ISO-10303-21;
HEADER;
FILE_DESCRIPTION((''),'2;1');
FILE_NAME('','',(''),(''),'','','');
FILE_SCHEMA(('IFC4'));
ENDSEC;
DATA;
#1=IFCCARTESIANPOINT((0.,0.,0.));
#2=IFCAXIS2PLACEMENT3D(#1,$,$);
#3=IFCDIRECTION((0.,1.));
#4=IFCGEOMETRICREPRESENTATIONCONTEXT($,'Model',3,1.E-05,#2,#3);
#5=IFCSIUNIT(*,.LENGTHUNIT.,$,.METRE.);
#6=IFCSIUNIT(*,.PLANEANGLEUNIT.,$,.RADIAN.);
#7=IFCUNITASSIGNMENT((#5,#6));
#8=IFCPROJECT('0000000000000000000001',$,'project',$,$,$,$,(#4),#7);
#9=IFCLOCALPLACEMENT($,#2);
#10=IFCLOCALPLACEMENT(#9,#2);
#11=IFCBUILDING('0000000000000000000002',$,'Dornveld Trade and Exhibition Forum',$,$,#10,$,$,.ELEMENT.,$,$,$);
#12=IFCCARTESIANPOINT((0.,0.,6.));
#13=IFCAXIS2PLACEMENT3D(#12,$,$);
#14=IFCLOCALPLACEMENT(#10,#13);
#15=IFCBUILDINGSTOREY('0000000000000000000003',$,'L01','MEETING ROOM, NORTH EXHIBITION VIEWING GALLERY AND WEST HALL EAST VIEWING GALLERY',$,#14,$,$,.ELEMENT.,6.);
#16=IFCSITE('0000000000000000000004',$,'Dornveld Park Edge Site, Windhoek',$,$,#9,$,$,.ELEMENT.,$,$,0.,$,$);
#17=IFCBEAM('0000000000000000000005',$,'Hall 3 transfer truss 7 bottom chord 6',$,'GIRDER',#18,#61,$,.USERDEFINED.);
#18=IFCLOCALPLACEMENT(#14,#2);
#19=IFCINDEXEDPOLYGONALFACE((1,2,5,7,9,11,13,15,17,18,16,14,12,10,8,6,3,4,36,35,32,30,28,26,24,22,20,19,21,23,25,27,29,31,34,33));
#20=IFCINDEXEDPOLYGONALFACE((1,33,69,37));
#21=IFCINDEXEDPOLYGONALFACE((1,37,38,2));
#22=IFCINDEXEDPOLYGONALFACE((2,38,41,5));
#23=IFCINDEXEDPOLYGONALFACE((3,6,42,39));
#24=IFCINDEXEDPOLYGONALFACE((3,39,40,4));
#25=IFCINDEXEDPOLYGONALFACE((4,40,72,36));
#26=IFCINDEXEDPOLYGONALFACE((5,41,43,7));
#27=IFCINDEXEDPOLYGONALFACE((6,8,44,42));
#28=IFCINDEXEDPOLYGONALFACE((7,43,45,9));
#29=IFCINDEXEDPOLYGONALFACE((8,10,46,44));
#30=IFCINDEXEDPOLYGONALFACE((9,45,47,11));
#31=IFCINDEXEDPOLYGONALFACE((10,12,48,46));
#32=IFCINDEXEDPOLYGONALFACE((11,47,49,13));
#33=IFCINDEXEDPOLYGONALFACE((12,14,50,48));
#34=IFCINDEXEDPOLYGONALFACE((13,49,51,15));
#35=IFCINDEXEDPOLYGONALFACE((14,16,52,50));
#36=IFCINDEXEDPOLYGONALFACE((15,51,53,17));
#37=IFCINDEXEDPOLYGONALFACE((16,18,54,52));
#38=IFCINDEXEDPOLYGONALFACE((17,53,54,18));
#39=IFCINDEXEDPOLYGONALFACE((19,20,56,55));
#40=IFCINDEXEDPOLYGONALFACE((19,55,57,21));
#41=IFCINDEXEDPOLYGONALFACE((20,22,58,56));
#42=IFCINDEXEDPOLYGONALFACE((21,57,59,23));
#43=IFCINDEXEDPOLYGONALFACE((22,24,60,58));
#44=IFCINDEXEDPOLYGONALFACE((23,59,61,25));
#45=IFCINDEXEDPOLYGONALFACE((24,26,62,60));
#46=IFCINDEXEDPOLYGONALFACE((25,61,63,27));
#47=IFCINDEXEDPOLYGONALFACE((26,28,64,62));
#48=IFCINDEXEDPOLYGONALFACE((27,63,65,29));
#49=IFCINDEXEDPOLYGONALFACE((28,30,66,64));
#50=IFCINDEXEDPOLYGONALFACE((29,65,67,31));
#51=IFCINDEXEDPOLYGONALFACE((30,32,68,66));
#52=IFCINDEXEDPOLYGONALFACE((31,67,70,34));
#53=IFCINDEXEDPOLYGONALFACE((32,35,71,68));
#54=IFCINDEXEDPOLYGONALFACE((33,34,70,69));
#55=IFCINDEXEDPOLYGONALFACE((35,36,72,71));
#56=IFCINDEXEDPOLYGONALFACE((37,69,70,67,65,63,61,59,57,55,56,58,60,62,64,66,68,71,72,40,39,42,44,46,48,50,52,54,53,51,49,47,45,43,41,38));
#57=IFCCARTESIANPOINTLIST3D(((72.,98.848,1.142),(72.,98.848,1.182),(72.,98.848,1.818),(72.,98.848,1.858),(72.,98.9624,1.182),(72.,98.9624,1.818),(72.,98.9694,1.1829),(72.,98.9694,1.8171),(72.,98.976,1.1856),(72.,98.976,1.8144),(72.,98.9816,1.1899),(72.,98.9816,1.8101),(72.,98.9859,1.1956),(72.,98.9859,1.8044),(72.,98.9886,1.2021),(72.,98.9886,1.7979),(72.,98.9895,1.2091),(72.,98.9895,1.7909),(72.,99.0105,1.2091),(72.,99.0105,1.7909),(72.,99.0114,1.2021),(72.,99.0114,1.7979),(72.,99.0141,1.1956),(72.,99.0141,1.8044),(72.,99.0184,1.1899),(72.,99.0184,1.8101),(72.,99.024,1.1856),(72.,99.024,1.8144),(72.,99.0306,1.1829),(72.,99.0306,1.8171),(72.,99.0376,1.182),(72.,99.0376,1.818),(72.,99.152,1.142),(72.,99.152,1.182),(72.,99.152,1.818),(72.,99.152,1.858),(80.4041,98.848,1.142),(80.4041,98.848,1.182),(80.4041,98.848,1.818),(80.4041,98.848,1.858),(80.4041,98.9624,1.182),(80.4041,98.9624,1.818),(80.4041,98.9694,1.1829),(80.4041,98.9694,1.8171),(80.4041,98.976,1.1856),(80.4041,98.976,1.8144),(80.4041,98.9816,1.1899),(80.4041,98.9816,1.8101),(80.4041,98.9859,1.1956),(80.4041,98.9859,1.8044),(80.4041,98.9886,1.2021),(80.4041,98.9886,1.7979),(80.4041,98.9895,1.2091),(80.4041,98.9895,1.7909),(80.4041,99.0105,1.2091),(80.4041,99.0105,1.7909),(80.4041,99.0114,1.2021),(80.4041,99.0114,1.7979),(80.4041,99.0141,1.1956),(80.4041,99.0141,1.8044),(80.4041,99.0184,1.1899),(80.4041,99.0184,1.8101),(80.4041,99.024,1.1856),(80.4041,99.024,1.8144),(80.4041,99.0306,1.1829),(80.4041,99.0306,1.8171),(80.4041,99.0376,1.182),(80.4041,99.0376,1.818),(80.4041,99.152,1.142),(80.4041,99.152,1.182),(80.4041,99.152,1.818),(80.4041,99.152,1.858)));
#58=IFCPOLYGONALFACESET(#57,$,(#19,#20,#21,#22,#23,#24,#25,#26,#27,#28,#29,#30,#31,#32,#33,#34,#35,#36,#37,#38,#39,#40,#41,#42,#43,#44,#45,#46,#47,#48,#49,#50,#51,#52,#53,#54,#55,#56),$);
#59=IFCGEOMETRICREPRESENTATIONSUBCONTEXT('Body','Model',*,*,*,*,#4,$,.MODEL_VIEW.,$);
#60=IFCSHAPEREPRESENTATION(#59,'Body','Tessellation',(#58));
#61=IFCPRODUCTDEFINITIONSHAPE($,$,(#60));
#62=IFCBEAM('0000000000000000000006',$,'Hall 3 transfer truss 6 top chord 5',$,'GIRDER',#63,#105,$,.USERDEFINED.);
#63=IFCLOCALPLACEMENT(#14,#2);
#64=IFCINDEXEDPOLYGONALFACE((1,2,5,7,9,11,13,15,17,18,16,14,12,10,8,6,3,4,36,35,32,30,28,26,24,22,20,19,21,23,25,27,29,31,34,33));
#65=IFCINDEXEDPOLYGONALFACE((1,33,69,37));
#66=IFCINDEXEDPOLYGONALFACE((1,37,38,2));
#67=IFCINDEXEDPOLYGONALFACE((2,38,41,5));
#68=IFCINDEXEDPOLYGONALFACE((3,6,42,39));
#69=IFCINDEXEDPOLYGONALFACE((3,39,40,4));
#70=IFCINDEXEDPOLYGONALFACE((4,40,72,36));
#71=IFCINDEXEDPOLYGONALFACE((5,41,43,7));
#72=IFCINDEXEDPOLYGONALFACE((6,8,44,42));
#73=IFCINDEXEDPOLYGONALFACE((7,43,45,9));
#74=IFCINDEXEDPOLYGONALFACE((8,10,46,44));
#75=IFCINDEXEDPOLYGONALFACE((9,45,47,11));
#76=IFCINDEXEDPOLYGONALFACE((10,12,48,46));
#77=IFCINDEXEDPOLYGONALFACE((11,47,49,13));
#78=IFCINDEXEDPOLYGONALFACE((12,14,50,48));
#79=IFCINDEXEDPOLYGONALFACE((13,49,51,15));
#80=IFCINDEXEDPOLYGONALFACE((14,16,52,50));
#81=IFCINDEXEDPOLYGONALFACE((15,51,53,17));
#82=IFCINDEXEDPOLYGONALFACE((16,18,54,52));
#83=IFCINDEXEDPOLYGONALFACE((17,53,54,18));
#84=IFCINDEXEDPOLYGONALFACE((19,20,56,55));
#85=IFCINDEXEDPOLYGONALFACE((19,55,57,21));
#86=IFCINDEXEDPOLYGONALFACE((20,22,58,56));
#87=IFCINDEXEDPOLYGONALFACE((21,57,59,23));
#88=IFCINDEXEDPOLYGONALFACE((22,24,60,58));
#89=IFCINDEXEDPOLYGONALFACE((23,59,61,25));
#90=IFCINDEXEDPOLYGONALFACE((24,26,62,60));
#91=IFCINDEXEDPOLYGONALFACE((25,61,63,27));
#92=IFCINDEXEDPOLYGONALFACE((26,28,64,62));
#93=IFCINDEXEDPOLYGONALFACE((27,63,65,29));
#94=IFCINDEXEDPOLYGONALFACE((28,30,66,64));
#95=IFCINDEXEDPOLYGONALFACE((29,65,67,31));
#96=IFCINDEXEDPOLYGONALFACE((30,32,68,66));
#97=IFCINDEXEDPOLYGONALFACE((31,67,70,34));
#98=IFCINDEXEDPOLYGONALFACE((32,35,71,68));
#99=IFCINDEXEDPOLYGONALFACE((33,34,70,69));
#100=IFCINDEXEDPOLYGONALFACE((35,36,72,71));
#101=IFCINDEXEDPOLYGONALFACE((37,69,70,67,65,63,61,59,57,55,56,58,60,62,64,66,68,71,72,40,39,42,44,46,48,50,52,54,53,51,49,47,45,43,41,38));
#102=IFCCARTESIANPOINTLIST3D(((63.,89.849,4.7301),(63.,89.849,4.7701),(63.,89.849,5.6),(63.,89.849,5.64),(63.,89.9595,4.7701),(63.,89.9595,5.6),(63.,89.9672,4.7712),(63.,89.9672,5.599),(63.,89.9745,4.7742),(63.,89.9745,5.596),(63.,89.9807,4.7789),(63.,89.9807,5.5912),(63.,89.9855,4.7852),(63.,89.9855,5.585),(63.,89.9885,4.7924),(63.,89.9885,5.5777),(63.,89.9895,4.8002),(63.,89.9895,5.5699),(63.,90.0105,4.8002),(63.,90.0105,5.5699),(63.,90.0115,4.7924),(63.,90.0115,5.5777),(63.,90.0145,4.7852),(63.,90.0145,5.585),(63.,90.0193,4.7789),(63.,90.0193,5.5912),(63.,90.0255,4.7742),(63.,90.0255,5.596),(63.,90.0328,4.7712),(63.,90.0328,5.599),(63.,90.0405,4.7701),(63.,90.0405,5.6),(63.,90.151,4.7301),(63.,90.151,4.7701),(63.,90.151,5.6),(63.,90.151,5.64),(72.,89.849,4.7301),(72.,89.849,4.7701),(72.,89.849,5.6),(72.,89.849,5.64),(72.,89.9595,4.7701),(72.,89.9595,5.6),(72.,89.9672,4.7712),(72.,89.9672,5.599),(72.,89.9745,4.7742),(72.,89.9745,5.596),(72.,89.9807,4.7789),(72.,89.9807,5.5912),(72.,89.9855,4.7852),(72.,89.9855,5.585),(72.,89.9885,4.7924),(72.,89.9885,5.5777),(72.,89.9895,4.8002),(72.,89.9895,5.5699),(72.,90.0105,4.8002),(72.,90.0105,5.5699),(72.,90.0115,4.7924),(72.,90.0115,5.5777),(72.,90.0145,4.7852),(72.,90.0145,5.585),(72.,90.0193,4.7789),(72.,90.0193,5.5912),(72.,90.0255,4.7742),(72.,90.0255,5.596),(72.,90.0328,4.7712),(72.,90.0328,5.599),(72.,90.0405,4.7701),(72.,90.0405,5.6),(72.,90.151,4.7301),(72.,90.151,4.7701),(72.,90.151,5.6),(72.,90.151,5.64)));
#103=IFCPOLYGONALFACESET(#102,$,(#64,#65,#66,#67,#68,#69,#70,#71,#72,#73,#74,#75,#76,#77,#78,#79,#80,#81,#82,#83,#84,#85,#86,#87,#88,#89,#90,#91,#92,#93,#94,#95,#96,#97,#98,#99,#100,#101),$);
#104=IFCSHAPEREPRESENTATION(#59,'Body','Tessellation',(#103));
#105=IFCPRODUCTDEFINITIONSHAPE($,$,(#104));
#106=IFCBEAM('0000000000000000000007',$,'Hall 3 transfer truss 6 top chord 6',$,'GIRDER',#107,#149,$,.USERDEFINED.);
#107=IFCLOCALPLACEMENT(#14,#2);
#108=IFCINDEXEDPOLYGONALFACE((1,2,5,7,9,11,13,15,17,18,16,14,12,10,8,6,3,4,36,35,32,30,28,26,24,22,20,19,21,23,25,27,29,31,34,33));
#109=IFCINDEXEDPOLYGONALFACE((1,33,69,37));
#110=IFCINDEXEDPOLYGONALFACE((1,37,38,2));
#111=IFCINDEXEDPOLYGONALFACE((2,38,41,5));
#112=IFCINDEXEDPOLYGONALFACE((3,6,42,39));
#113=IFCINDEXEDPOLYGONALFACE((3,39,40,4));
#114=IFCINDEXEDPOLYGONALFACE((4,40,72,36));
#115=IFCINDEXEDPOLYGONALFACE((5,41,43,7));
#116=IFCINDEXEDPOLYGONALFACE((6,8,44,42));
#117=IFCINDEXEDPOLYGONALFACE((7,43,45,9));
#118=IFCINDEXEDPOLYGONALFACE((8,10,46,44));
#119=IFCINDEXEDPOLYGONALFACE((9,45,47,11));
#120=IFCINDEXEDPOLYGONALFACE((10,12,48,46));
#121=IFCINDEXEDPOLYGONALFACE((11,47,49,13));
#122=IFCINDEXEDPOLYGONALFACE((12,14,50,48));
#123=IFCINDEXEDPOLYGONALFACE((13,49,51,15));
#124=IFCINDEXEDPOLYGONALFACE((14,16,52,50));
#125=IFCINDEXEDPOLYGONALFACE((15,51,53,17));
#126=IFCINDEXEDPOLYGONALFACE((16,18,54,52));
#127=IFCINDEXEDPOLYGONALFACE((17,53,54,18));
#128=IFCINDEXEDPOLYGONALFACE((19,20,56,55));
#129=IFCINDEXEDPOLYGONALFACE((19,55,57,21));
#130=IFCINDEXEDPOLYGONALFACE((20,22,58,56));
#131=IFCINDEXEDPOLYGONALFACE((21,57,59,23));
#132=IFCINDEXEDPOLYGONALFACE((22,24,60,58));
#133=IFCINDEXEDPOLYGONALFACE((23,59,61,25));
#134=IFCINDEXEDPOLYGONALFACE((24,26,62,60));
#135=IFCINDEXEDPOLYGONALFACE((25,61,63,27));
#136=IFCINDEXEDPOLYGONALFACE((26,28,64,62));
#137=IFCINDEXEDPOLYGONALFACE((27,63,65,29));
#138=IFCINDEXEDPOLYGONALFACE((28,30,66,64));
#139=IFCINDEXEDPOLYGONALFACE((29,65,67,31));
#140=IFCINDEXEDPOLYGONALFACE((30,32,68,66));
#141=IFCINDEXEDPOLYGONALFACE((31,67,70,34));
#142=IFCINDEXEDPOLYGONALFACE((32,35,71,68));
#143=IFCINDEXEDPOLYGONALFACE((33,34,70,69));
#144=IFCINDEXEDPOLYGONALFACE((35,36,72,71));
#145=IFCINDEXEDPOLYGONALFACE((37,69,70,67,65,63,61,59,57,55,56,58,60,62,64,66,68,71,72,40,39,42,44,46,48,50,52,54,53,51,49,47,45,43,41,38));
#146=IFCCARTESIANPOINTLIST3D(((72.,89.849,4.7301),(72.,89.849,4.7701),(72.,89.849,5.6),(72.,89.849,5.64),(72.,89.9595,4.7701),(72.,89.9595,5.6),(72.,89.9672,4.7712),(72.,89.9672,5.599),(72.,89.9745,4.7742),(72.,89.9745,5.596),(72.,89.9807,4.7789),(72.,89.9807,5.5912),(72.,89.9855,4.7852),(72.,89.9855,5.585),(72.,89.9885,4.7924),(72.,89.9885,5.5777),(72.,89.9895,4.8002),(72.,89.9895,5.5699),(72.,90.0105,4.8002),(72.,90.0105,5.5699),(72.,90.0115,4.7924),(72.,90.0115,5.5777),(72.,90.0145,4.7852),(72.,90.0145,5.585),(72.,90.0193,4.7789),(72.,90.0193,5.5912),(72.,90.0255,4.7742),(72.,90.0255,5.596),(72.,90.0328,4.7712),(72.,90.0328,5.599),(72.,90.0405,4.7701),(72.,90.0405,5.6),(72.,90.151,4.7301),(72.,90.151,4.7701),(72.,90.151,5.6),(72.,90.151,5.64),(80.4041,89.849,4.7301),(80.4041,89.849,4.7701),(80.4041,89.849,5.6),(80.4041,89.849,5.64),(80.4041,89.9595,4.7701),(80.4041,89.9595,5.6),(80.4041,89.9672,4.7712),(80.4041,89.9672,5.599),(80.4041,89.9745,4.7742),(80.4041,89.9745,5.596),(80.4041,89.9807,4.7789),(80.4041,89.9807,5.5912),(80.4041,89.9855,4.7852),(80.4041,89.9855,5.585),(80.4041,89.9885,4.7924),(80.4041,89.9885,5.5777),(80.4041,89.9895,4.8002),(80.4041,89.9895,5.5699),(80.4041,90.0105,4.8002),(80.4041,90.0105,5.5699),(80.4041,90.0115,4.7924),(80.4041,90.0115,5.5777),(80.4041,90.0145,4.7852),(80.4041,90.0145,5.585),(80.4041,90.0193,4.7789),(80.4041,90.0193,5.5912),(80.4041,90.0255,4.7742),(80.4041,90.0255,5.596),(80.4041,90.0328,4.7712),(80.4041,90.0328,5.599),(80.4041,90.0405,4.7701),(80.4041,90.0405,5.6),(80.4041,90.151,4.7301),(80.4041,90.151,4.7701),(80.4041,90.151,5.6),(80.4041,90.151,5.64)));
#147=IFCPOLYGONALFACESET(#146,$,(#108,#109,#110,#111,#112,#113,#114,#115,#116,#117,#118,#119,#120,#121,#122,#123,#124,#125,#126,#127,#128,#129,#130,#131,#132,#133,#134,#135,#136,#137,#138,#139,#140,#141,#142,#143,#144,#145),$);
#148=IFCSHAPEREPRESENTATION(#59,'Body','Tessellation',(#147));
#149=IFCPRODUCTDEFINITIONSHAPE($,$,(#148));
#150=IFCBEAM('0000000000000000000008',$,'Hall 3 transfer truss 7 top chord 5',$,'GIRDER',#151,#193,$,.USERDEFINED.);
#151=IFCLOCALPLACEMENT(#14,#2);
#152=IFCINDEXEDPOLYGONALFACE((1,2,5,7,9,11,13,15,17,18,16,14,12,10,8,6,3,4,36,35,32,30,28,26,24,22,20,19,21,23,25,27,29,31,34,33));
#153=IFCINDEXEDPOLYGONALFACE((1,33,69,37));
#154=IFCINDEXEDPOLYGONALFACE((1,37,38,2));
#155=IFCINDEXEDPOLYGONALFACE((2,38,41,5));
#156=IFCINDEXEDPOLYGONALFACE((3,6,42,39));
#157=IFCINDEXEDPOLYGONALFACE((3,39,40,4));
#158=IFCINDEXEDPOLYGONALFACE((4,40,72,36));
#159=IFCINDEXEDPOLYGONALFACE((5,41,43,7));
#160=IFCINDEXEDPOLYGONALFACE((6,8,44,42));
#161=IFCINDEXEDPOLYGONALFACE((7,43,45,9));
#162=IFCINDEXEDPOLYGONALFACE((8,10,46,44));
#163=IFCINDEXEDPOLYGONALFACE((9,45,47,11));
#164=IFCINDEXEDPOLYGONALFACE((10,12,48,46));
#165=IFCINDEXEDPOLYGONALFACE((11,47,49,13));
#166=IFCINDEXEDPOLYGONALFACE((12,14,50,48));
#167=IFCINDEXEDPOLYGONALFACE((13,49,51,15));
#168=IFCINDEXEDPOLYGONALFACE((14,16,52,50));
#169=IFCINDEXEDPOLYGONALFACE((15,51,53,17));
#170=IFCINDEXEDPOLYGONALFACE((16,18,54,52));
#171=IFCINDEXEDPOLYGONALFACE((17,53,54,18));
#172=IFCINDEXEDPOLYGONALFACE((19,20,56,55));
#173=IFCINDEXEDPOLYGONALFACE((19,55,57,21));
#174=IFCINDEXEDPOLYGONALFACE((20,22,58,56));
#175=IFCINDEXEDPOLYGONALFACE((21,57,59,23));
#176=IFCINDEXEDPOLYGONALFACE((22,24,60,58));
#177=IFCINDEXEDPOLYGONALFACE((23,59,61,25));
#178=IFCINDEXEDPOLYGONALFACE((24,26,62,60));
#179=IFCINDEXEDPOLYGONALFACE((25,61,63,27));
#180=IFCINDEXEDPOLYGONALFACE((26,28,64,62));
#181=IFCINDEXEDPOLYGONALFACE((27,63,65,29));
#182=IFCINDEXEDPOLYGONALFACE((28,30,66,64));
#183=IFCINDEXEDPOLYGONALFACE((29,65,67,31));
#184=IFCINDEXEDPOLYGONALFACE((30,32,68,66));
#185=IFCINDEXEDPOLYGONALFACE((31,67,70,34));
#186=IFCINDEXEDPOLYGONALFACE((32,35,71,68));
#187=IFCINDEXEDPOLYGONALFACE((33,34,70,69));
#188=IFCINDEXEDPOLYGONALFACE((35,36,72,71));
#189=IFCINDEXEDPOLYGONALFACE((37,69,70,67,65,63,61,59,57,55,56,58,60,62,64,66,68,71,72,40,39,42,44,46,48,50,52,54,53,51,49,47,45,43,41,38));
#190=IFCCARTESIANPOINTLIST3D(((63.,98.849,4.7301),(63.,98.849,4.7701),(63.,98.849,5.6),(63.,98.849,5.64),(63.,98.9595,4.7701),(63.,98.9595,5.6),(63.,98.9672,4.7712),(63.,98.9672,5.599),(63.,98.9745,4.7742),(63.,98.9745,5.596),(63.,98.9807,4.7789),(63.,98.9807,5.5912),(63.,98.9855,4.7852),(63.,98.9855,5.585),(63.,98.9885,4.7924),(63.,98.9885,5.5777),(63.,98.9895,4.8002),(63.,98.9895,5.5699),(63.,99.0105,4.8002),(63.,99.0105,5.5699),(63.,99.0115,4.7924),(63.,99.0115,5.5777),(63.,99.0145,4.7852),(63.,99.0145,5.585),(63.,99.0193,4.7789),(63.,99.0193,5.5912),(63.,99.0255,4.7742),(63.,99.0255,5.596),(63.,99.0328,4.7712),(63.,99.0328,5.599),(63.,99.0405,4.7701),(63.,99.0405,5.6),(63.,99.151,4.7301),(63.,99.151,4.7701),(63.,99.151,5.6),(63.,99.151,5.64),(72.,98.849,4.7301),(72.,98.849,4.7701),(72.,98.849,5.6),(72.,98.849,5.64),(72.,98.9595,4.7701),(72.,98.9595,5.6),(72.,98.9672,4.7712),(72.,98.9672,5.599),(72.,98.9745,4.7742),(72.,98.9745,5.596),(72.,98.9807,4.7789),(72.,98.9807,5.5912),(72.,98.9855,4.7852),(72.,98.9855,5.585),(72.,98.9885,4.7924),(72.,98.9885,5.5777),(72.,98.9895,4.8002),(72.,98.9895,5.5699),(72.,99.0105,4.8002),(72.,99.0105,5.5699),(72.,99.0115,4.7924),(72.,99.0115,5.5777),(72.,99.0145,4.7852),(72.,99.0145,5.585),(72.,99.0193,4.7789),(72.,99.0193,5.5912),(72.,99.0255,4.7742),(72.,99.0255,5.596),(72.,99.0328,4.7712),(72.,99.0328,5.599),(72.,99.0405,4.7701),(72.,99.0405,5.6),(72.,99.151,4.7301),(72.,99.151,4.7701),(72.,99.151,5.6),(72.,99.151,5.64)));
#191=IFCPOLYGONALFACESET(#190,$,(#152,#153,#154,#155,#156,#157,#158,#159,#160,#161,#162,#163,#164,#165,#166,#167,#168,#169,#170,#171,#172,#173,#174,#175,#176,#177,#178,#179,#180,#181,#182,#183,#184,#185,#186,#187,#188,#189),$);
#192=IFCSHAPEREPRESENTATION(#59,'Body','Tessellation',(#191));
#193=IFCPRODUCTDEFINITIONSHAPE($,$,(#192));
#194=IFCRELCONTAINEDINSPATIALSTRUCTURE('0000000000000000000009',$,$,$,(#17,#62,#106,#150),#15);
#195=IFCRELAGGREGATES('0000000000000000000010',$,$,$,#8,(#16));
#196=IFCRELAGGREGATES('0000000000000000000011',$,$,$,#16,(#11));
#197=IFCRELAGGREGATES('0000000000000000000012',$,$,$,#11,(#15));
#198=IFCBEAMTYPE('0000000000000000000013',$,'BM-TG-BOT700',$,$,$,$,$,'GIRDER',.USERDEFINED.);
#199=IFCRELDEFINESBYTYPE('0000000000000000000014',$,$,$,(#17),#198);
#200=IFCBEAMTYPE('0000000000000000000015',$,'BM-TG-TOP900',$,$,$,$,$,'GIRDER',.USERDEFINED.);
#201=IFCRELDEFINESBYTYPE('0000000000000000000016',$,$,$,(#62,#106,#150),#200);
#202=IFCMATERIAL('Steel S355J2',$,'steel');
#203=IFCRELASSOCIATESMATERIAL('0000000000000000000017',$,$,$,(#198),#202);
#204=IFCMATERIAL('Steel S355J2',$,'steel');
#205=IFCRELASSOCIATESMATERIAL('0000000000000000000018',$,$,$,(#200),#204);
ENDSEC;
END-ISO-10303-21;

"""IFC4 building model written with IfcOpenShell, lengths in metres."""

from ifc_helpers import new_model, si_unit, direction, frame, origin, origin_2d, place, context, subcontext, project, spatial, i_section, extrude, material, material_profile, profile_set, type_object, element, save


model = new_model("IFC4")

# Units and contexts
model_context = context("Model", 3, precision=1e-05, world=origin(), true_north=direction((0.0, 1.0)))
body_context = subcontext(model_context, "Body", "Model", "MODEL_VIEW")
ifc_project = project(units=[si_unit("LENGTHUNIT", "METRE"), si_unit("PLANEANGLEUNIT", "RADIAN")], contexts=[model_context])

# Site, building, storey
site_placement = place(None, origin())
site = spatial("IfcSite", under=ifc_project, at=site_placement, Name="Dornveld Park Edge Site, Windhoek", CompositionType="ELEMENT", RefElevation=0.0)
building_placement = place(site_placement, origin())
building = spatial("IfcBuilding", under=site, at=building_placement, Name="Dornveld Trade and Exhibition Forum", CompositionType="ELEMENT")
storey_placement = place(building_placement, frame((0.0, 0.0, 6.0)))
storey = spatial("IfcBuildingStorey", under=building, at=storey_placement, Name="L01", Description="MEETING ROOM, NORTH EXHIBITION VIEWING GALLERY AND WEST HALL EAST VIEWING GALLERY", CompositionType="ELEMENT", Elevation=6.0)

# Beams
ifc_material_1 = material(Name="Steel S355J2", Category="steel")
ifc_material_profile_1 = material_profile(ifc_material_1, i_section(OverallWidth=0.304, OverallDepth=0.7161, WebThickness=0.021, FlangeThickness=0.04, FilletRadius=0.0271, at=origin_2d()), Name="HEM 700")
ifc_profile_set_1 = profile_set([ifc_material_profile_1], Name="Steel S355J2")
beam_type_1 = type_object("IfcBeamType", Name="BM-TG-BOT700", ElementType="GIRDER", PredefinedType="USERDEFINED", material=ifc_profile_set_1)
beam_1_placement = place(storey_placement, frame((72.0, 99.0, 1.5), z_axis=(1.0, 0.0, 0.0), x_axis=(0.0, 1.0, 0.0)))
element("IfcBeam", 1, at=beam_1_placement, inside=storey, type_object=beam_type_1, Name="Hall 3 transfer truss 7 bottom chord 6", ObjectType="GIRDER", PredefinedType="USERDEFINED", context=body_context, shape_type="SweptSolid", body=[
    extrude(i_section(OverallWidth=0.304, OverallDepth=0.7161, WebThickness=0.021, FlangeThickness=0.04, FilletRadius=0.0271, at=origin_2d()), origin(), (0.0, 0.0, 1.0), 8.4041),
])
ifc_material_2 = material(Name="Steel S355J2", Category="steel")
ifc_material_profile_2 = material_profile(ifc_material_2, i_section(OverallWidth=0.302, OverallDepth=0.9099, WebThickness=0.021, FlangeThickness=0.04, FilletRadius=0.03, at=origin_2d()), Name="HEM 900")
ifc_profile_set_2 = profile_set([ifc_material_profile_2], Name="Steel S355J2")
beam_type_2 = type_object("IfcBeamType", Name="BM-TG-TOP900", ElementType="GIRDER", PredefinedType="USERDEFINED", material=ifc_profile_set_2)
beam_2_placement = place(storey_placement, frame((63.0, 90.0, 5.1851), z_axis=(1.0, 0.0, 0.0), x_axis=(0.0, 1.0, 0.0)))
element("IfcBeam", 2, at=beam_2_placement, inside=storey, type_object=beam_type_2, Name="Hall 3 transfer truss 6 top chord 5", ObjectType="GIRDER", PredefinedType="USERDEFINED", context=body_context, shape_type="SweptSolid", body=[
    extrude(i_section(OverallWidth=0.302, OverallDepth=0.9099, WebThickness=0.021, FlangeThickness=0.04, FilletRadius=0.03, at=origin_2d()), origin(), (0.0, 0.0, 1.0), 9.0),
])
beam_3_placement = place(storey_placement, frame((72.0, 90.0, 5.1851), z_axis=(1.0, 0.0, 0.0), x_axis=(0.0, 1.0, 0.0)))
element("IfcBeam", 3, at=beam_3_placement, inside=storey, type_object=beam_type_2, Name="Hall 3 transfer truss 6 top chord 6", ObjectType="GIRDER", PredefinedType="USERDEFINED", context=body_context, shape_type="SweptSolid", body=[
    extrude(i_section(OverallWidth=0.302, OverallDepth=0.9099, WebThickness=0.021, FlangeThickness=0.04, FilletRadius=0.03, at=origin_2d()), origin(), (0.0, 0.0, 1.0), 8.4041),
])
beam_4_placement = place(storey_placement, frame((63.0, 99.0, 5.1851), z_axis=(1.0, 0.0, 0.0), x_axis=(0.0, 1.0, 0.0)))
element("IfcBeam", 4, at=beam_4_placement, inside=storey, type_object=beam_type_2, Name="Hall 3 transfer truss 7 top chord 5", ObjectType="GIRDER", PredefinedType="USERDEFINED", context=body_context, shape_type="SweptSolid", body=[
    extrude(i_section(OverallWidth=0.302, OverallDepth=0.9099, WebThickness=0.021, FlangeThickness=0.04, FilletRadius=0.03, at=origin_2d()), origin(), (0.0, 0.0, 1.0), 9.0),
])

save(model, "model.ifc")
